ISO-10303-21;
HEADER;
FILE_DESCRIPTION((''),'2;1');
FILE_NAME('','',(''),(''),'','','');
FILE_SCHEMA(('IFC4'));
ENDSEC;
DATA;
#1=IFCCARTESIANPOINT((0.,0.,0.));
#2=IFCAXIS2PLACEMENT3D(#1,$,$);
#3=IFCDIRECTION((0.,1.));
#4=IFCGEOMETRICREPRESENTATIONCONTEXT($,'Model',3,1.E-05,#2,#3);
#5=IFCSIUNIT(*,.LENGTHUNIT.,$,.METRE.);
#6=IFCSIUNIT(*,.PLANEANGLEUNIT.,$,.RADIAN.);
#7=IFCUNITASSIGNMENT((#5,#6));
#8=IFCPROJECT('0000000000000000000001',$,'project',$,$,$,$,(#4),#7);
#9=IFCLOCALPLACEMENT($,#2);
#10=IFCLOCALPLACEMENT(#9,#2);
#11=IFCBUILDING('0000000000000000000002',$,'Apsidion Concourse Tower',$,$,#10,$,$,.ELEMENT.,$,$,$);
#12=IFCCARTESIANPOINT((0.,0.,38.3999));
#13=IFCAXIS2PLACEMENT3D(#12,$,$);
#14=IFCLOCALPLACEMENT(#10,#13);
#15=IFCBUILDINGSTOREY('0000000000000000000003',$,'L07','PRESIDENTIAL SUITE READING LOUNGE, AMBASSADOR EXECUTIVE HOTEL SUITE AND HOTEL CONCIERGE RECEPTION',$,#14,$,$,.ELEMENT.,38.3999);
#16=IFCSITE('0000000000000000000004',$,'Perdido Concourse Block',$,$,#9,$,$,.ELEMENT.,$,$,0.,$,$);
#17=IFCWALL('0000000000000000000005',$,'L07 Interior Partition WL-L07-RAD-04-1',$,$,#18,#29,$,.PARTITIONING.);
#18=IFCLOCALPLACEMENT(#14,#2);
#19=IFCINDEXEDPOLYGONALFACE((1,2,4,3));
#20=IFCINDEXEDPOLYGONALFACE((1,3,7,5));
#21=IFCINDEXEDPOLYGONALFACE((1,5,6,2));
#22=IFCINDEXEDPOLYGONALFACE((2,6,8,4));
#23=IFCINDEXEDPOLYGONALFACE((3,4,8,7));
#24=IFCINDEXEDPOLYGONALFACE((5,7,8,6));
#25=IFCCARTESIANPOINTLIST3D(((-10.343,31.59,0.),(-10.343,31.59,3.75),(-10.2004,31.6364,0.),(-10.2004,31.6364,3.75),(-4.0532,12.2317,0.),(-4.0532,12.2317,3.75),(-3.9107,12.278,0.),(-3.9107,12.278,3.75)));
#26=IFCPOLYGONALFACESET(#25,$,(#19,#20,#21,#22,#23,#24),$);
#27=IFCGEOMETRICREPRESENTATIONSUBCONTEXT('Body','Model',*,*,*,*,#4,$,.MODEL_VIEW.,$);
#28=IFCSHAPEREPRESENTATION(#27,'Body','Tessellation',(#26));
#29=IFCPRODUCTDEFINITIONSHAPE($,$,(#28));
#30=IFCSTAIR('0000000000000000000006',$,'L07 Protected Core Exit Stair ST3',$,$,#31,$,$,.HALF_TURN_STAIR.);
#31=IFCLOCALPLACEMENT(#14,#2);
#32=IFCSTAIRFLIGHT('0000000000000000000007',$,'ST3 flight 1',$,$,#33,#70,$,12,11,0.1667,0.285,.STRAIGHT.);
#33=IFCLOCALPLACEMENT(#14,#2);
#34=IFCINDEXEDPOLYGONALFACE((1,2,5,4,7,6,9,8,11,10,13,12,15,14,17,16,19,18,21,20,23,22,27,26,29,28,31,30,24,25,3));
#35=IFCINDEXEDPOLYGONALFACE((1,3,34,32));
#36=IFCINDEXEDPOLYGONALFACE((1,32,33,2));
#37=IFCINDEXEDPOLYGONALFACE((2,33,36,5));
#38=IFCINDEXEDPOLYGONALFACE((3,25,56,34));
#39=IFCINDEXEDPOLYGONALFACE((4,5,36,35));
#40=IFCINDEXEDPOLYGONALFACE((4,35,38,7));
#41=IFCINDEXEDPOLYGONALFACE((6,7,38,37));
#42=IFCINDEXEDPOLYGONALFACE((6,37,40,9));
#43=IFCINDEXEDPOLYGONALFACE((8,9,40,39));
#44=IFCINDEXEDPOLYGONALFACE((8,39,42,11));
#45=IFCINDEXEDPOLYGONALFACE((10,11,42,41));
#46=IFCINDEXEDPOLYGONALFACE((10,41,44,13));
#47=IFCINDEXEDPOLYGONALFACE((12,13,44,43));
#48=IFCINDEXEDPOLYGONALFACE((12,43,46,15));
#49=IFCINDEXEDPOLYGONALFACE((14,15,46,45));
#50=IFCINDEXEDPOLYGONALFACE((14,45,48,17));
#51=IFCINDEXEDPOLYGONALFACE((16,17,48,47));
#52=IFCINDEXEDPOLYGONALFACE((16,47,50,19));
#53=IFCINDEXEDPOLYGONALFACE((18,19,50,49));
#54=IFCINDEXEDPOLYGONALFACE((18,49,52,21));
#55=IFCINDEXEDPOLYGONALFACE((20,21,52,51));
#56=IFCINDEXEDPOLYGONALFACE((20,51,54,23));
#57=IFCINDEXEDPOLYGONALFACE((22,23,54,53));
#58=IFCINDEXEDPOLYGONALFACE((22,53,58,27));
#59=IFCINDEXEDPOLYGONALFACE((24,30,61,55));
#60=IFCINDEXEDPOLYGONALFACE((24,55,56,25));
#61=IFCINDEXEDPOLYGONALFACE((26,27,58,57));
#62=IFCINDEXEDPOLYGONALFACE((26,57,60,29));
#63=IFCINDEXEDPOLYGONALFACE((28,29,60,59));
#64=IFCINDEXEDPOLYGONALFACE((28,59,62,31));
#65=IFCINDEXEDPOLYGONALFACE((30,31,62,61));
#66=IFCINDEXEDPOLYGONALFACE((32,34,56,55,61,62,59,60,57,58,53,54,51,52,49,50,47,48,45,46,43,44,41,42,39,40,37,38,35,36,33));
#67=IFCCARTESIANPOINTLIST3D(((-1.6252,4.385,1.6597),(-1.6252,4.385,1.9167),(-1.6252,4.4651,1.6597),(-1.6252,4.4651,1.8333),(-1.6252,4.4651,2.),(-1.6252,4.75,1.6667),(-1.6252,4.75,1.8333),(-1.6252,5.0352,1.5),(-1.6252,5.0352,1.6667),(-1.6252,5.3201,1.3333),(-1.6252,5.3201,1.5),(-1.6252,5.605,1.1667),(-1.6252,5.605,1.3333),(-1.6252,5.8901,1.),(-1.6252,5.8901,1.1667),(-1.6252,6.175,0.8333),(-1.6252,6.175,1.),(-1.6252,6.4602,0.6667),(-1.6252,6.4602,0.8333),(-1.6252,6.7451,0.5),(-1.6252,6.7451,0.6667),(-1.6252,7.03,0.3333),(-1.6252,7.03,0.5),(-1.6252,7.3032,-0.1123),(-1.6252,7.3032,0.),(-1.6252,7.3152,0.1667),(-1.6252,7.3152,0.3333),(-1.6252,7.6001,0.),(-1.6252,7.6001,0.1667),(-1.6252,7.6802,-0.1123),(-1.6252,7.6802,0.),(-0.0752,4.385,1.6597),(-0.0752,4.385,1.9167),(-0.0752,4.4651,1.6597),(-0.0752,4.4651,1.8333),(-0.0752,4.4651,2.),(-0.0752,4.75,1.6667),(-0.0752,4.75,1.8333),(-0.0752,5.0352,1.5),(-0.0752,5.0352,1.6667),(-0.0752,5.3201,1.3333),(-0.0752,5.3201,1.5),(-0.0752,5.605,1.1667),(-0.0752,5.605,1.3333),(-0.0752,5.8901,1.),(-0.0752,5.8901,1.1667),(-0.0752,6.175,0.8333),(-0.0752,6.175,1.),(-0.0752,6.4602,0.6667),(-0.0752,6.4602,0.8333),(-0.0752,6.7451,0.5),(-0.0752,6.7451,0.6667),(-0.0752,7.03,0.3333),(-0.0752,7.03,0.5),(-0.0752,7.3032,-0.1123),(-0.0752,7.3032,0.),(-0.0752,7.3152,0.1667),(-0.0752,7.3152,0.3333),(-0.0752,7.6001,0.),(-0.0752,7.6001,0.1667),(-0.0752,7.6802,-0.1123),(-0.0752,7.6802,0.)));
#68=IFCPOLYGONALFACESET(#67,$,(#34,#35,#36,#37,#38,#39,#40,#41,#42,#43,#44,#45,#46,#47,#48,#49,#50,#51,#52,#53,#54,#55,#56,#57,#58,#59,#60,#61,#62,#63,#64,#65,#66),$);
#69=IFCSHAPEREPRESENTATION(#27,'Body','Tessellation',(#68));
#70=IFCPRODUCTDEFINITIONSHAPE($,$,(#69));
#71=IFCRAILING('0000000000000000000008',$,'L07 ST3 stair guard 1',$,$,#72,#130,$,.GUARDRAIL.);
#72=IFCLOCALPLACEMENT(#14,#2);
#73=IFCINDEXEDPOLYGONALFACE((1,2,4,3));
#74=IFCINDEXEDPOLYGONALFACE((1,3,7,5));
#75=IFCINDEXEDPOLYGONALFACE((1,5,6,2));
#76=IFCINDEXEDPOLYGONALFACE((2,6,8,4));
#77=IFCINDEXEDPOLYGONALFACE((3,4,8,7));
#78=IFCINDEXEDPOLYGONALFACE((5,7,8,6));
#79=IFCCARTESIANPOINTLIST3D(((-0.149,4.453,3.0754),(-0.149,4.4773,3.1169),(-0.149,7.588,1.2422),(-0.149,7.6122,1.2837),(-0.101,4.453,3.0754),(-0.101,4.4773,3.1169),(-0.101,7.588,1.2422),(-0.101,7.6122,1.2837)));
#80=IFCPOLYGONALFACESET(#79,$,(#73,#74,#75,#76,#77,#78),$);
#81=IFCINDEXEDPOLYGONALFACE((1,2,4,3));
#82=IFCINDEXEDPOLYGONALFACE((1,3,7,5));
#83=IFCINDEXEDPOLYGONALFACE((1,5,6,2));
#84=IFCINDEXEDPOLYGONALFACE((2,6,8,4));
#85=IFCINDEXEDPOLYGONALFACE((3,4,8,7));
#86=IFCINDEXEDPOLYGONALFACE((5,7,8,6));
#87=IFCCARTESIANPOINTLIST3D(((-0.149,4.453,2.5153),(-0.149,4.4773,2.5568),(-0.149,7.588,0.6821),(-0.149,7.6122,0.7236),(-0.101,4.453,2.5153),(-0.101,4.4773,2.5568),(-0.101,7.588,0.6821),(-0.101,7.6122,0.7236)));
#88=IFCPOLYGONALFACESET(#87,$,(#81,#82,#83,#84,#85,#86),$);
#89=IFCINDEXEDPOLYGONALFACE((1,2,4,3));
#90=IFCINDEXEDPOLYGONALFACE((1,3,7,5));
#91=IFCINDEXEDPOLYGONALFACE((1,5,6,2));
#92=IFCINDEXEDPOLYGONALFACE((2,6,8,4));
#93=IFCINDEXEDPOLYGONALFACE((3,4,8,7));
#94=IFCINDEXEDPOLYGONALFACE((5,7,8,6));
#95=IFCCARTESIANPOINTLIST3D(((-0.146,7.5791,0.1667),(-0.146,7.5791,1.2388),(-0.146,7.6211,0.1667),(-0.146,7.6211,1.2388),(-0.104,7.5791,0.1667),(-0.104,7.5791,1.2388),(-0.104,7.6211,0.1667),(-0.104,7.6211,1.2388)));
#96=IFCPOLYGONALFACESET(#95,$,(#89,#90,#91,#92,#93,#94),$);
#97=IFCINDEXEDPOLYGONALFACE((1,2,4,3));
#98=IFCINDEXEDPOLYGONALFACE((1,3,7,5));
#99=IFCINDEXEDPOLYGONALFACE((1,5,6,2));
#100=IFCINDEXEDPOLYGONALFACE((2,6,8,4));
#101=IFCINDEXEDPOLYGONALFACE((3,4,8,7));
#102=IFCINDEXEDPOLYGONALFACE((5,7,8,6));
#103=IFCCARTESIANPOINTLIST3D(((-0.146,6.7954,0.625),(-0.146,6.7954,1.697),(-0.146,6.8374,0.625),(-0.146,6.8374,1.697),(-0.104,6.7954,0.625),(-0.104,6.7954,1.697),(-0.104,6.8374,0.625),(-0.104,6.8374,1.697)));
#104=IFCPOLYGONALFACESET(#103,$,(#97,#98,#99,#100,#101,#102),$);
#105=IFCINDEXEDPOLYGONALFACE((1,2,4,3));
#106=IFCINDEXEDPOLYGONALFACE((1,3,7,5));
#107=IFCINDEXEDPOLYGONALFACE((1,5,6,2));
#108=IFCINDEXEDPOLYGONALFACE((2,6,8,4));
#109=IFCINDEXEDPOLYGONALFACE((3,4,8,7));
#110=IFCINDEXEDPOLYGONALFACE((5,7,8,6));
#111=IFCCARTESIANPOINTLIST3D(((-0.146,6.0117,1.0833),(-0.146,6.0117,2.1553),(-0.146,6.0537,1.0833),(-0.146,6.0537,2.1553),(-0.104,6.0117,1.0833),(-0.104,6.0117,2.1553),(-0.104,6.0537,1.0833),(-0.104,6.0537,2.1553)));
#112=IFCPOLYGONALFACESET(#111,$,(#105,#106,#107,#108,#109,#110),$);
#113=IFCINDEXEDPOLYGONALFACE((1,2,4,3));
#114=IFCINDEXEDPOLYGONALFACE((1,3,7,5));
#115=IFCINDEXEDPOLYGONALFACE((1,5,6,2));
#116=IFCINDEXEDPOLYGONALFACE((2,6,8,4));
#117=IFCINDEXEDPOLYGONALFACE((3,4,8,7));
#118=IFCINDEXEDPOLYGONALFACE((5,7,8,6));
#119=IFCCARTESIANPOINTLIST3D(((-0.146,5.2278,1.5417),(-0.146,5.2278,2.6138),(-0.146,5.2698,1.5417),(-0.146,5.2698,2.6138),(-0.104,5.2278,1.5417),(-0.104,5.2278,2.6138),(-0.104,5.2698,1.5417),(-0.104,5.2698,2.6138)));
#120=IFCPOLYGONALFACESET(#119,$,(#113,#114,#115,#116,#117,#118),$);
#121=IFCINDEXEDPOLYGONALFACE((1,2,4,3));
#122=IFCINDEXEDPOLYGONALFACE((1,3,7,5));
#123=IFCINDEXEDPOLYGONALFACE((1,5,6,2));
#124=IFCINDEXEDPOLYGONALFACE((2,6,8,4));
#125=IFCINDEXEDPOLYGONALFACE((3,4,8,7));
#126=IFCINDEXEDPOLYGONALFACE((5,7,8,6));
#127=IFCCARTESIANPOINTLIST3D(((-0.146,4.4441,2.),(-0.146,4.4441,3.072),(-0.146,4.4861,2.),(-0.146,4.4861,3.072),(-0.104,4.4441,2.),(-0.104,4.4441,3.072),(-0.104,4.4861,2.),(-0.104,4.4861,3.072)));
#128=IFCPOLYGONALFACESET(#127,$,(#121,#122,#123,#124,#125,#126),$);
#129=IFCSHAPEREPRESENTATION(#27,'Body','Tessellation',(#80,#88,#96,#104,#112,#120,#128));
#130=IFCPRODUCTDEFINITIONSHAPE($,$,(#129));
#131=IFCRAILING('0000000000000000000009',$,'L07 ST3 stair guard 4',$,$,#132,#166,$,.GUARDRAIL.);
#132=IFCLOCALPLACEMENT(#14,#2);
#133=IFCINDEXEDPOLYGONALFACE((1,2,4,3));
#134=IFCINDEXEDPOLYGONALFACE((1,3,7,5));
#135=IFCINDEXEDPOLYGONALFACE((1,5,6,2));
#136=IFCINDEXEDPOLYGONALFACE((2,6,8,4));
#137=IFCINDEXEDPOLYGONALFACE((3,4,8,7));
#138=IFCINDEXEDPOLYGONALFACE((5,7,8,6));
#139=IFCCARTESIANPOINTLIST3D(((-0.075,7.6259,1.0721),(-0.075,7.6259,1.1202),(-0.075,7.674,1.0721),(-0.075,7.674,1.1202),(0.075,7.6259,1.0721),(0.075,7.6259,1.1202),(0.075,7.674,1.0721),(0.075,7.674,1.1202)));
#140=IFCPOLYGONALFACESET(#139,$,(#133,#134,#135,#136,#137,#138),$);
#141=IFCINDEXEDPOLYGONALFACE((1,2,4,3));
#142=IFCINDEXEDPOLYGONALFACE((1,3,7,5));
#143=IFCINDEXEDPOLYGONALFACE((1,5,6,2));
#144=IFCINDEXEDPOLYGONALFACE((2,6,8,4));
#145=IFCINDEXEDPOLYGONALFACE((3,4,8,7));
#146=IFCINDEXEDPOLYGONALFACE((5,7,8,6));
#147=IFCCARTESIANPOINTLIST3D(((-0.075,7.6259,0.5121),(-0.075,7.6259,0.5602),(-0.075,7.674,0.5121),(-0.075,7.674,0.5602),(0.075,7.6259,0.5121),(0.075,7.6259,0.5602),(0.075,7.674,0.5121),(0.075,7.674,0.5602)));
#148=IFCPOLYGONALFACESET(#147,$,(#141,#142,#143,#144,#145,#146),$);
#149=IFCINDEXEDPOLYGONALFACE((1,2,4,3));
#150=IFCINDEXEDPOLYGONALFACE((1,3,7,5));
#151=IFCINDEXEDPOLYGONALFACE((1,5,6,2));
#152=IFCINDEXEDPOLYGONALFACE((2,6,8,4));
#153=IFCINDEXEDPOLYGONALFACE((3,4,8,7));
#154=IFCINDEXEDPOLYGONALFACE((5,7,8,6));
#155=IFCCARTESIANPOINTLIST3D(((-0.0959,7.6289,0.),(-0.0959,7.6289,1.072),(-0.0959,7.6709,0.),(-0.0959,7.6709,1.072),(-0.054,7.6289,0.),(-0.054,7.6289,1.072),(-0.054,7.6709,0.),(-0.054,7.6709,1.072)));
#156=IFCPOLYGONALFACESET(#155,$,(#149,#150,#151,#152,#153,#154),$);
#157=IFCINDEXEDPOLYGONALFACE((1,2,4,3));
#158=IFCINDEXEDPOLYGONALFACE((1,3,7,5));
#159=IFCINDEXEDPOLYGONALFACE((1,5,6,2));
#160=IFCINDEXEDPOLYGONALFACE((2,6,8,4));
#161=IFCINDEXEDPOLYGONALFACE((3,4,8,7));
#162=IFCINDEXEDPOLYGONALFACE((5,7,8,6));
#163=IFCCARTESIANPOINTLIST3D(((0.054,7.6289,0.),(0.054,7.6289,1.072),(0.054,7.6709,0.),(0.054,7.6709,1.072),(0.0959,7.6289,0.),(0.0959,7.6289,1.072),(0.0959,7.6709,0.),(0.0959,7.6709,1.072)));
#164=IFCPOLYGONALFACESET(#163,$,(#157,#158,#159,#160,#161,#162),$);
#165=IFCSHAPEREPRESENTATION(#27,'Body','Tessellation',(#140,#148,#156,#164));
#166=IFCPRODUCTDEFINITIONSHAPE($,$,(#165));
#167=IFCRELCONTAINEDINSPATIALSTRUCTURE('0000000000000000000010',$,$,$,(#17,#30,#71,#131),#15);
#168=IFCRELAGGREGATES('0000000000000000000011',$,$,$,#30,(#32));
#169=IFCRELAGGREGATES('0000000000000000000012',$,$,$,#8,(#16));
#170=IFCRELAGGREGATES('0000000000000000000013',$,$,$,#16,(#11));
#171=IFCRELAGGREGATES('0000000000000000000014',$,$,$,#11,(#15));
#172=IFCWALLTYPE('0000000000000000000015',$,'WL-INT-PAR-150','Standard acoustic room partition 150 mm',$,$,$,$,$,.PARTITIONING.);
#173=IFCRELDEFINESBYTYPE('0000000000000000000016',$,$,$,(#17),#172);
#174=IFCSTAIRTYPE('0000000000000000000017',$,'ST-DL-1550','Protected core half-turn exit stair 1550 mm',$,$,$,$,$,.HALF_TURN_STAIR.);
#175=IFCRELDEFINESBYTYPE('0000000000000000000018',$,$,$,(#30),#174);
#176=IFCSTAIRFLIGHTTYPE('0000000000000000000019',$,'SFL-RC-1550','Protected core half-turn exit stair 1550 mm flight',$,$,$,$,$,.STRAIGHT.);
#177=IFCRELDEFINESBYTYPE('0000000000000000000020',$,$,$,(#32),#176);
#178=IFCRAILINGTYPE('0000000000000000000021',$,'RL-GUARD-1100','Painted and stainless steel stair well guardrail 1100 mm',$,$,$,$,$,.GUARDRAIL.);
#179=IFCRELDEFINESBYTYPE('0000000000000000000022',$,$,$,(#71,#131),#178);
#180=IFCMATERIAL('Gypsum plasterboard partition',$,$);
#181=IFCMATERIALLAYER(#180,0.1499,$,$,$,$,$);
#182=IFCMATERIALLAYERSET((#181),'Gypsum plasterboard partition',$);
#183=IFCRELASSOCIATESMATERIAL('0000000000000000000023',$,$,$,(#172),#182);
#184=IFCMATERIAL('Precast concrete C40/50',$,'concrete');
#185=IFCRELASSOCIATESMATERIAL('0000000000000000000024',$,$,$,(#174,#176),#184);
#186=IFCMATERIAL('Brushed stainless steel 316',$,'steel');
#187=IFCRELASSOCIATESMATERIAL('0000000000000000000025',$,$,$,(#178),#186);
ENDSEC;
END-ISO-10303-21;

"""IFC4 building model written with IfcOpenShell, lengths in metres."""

from ifc_helpers import new_model, si_unit, direction, frame, frame_2d, origin, origin_2d, place, context, subcontext, project, spatial, polyline, rectangle, outline, extrude, material, layer, layer_set, type_object, element, aggregate, save


model = new_model("IFC4")

# Units and contexts
model_context = context("Model", 3, precision=1e-05, world=origin(), true_north=direction((0.0, 1.0)))
body_context = subcontext(model_context, "Body", "Model", "MODEL_VIEW")
ifc_project = project(units=[si_unit("LENGTHUNIT", "METRE"), si_unit("PLANEANGLEUNIT", "RADIAN")], contexts=[model_context])

# Site, building, storey
site_placement = place(None, origin())
site = spatial("IfcSite", under=ifc_project, at=site_placement, Name="Perdido Concourse Block", CompositionType="ELEMENT", RefElevation=0.0)
building_placement = place(site_placement, origin())
building = spatial("IfcBuilding", under=site, at=building_placement, Name="Apsidion Concourse Tower", CompositionType="ELEMENT")
storey_placement = place(building_placement, frame((0.0, 0.0, 38.3999)))
storey = spatial("IfcBuildingStorey", under=building, at=storey_placement, Name="L07", Description="PRESIDENTIAL SUITE READING LOUNGE, AMBASSADOR EXECUTIVE HOTEL SUITE AND HOTEL CONCIERGE RECEPTION", CompositionType="ELEMENT", Elevation=38.3999)

# Shared definitions
ifc_material_1 = material(Name="Gypsum plasterboard partition")
ifc_layer_1 = layer(ifc_material_1, 0.1499)
ifc_layer_set_1 = layer_set([ifc_layer_1], Name="Gypsum plasterboard partition")
wall_type_1 = type_object("IfcWallType", Name="WL-INT-PAR-150", Description="Standard acoustic room partition 150 mm", PredefinedType="PARTITIONING", material=ifc_layer_set_1)
ifc_material_2 = material(Name="Brushed stainless steel 316", Category="steel")

# Wall
wall_1_placement = place(storey_placement, frame((-3.9819, 12.2549, 0.0), z_axis=(0.0, 0.0, 1.0), x_axis=(-0.309011, 0.951058, 0.0)))
element("IfcWall", 1, at=wall_1_placement, inside=storey, type_object=wall_type_1, Name="L07 Interior Partition WL-L07-RAD-04-1", PredefinedType="PARTITIONING", context=body_context, shape_type="SweptSolid", body=[
    extrude(rectangle(XDim=20.3545, YDim=0.1499, at=frame_2d((10.1772, 0.0))), origin(), (0.0, 0.0, 1.0), 3.75),
])

# Stair, stair flight
ifc_material_3 = material(Name="Precast concrete C40/50", Category="concrete")
stair_type = type_object("IfcStairType", Name="ST-DL-1550", Description="Protected core half-turn exit stair 1550 mm", PredefinedType="HALF_TURN_STAIR", material=ifc_material_3)
stair_placement = place(storey_placement, origin())
stair = element("IfcStair", 2, at=stair_placement, inside=storey, type_object=stair_type, Name="L07 Protected Core Exit Stair ST3", PredefinedType="HALF_TURN_STAIR")
stair_flight_type = type_object("IfcStairFlightType", Name="SFL-RC-1550", Description="Protected core half-turn exit stair 1550 mm flight", PredefinedType="STRAIGHT", material=ifc_material_3)
stair_flight_placement = place(storey_placement, frame((-0.8501, 7.6001, 0.0), z_axis=(0.0, 0.0, 1.0), x_axis=(0.0, -1.0, 0.0)))
stair_flight = element("IfcStairFlight", 3, at=stair_flight_placement, type_object=stair_flight_type, Name="ST3 flight 1", NumberOfRisers=12, NumberOfTreads=11, PredefinedType="STRAIGHT", RiserHeight=0.1667, TreadLength=0.285, context=body_context, shape_type="SweptSolid", body=[
    extrude(outline(polyline([(-0.0801, -0.1123), (-0.0801, 0.0), (0.0, 0.0), (0.0, 0.1667), (0.2849, 0.1667), (0.2849, 0.3333), (0.5701, 0.3333), (0.5701, 0.5), (0.855, 0.5), (0.855, 0.6667), (1.1399, 0.6667), (1.1399, 0.8333), (1.425, 0.8333), (1.425, 1.0), (1.71, 1.0), (1.71, 1.1667), (1.9951, 1.1667), (1.9951, 1.3333), (2.28, 1.3333), (2.28, 1.5), (2.5649, 1.5), (2.5649, 1.6667), (2.8501, 1.6667), (2.8501, 1.8333), (3.135, 1.8333), (3.135, 2.0), (3.2151, 1.9167), (3.2151, 1.6597), (3.135, 1.6597), (0.2969, 0.0), (0.2969, -0.1123), (-0.0801, -0.1123)])), frame((0.0, 0.7749, 0.0), z_axis=(0.0, -1.0, 0.0), x_axis=(1.0, 0.0, 0.0)), (0.0, 0.0, 1.0), 1.55),
])
aggregate(stair, [stair_flight])

# Railings
railing_type_1 = type_object("IfcRailingType", Name="RL-GUARD-1100", Description="Painted and stainless steel stair well guardrail 1100 mm", PredefinedType="GUARDRAIL", material=ifc_material_2)
railing_1_placement = place(storey_placement, frame((-0.125, 7.6001, 0.1667)))
element("IfcRailing", 4, at=railing_1_placement, inside=storey, type_object=railing_type_1, Name="L07 ST3 stair guard 1", PredefinedType="GUARDRAIL", context=body_context, shape_type="SweptSolid", body=[
    extrude(rectangle(XDim=0.0481, YDim=0.0481, at=origin_2d()), frame((0.0, 0.0, 1.0962), z_axis=(0.0, -0.86324, 0.504794), x_axis=(1.0, 0.0, 0.0)), (0.0, 0.0, 1.0), 3.6316),
    extrude(rectangle(XDim=0.0481, YDim=0.0481, at=origin_2d()), frame((0.0, 0.0, 0.5361), z_axis=(0.0, -0.86324, 0.504794), x_axis=(1.0, 0.0, 0.0)), (0.0, 0.0, 1.0), 3.6316),
    extrude(rectangle(XDim=0.042, YDim=0.042, at=origin_2d()), origin(), (0.0, 0.0, 1.0), 1.072),
    extrude(rectangle(XDim=0.042, YDim=0.042, at=origin_2d()), frame((0.0, -0.7837, 0.4583)), (0.0, 0.0, 1.0), 1.072),
    extrude(rectangle(XDim=0.042, YDim=0.042, at=origin_2d()), frame((0.0, -1.5674, 0.9165)), (0.0, 0.0, 1.0), 1.072),
    extrude(rectangle(XDim=0.042, YDim=0.042, at=origin_2d()), frame((0.0, -2.3513, 1.375)), (0.0, 0.0, 1.0), 1.072),
    extrude(rectangle(XDim=0.042, YDim=0.042, at=origin_2d()), frame((0.0, -3.135, 1.8333)), (0.0, 0.0, 1.0), 1.072),
])
railing_2_placement = place(storey_placement, frame((-0.075, 7.6499, 0.0)))
element("IfcRailing", 5, at=railing_2_placement, inside=storey, type_object=railing_type_1, Name="L07 ST3 stair guard 4", PredefinedType="GUARDRAIL", context=body_context, shape_type="SweptSolid", body=[
    extrude(rectangle(XDim=0.0481, YDim=0.0481, at=origin_2d()), frame((0.0, 0.0, 1.0962), z_axis=(1.0, 0.0, 0.0), x_axis=(0.0, 1.0, 0.0)), (0.0, 0.0, 1.0), 0.1499),
    extrude(rectangle(XDim=0.0481, YDim=0.0481, at=origin_2d()), frame((0.0, 0.0, 0.5361), z_axis=(1.0, 0.0, 0.0), x_axis=(0.0, 1.0, 0.0)), (0.0, 0.0, 1.0), 0.1499),
    extrude(rectangle(XDim=0.042, YDim=0.042, at=origin_2d()), origin(), (0.0, 0.0, 1.0), 1.072),
    extrude(rectangle(XDim=0.042, YDim=0.042, at=origin_2d()), frame((0.1499, 0.0, 0.0)), (0.0, 0.0, 1.0), 1.072),
])

save(model, "model.ifc")
